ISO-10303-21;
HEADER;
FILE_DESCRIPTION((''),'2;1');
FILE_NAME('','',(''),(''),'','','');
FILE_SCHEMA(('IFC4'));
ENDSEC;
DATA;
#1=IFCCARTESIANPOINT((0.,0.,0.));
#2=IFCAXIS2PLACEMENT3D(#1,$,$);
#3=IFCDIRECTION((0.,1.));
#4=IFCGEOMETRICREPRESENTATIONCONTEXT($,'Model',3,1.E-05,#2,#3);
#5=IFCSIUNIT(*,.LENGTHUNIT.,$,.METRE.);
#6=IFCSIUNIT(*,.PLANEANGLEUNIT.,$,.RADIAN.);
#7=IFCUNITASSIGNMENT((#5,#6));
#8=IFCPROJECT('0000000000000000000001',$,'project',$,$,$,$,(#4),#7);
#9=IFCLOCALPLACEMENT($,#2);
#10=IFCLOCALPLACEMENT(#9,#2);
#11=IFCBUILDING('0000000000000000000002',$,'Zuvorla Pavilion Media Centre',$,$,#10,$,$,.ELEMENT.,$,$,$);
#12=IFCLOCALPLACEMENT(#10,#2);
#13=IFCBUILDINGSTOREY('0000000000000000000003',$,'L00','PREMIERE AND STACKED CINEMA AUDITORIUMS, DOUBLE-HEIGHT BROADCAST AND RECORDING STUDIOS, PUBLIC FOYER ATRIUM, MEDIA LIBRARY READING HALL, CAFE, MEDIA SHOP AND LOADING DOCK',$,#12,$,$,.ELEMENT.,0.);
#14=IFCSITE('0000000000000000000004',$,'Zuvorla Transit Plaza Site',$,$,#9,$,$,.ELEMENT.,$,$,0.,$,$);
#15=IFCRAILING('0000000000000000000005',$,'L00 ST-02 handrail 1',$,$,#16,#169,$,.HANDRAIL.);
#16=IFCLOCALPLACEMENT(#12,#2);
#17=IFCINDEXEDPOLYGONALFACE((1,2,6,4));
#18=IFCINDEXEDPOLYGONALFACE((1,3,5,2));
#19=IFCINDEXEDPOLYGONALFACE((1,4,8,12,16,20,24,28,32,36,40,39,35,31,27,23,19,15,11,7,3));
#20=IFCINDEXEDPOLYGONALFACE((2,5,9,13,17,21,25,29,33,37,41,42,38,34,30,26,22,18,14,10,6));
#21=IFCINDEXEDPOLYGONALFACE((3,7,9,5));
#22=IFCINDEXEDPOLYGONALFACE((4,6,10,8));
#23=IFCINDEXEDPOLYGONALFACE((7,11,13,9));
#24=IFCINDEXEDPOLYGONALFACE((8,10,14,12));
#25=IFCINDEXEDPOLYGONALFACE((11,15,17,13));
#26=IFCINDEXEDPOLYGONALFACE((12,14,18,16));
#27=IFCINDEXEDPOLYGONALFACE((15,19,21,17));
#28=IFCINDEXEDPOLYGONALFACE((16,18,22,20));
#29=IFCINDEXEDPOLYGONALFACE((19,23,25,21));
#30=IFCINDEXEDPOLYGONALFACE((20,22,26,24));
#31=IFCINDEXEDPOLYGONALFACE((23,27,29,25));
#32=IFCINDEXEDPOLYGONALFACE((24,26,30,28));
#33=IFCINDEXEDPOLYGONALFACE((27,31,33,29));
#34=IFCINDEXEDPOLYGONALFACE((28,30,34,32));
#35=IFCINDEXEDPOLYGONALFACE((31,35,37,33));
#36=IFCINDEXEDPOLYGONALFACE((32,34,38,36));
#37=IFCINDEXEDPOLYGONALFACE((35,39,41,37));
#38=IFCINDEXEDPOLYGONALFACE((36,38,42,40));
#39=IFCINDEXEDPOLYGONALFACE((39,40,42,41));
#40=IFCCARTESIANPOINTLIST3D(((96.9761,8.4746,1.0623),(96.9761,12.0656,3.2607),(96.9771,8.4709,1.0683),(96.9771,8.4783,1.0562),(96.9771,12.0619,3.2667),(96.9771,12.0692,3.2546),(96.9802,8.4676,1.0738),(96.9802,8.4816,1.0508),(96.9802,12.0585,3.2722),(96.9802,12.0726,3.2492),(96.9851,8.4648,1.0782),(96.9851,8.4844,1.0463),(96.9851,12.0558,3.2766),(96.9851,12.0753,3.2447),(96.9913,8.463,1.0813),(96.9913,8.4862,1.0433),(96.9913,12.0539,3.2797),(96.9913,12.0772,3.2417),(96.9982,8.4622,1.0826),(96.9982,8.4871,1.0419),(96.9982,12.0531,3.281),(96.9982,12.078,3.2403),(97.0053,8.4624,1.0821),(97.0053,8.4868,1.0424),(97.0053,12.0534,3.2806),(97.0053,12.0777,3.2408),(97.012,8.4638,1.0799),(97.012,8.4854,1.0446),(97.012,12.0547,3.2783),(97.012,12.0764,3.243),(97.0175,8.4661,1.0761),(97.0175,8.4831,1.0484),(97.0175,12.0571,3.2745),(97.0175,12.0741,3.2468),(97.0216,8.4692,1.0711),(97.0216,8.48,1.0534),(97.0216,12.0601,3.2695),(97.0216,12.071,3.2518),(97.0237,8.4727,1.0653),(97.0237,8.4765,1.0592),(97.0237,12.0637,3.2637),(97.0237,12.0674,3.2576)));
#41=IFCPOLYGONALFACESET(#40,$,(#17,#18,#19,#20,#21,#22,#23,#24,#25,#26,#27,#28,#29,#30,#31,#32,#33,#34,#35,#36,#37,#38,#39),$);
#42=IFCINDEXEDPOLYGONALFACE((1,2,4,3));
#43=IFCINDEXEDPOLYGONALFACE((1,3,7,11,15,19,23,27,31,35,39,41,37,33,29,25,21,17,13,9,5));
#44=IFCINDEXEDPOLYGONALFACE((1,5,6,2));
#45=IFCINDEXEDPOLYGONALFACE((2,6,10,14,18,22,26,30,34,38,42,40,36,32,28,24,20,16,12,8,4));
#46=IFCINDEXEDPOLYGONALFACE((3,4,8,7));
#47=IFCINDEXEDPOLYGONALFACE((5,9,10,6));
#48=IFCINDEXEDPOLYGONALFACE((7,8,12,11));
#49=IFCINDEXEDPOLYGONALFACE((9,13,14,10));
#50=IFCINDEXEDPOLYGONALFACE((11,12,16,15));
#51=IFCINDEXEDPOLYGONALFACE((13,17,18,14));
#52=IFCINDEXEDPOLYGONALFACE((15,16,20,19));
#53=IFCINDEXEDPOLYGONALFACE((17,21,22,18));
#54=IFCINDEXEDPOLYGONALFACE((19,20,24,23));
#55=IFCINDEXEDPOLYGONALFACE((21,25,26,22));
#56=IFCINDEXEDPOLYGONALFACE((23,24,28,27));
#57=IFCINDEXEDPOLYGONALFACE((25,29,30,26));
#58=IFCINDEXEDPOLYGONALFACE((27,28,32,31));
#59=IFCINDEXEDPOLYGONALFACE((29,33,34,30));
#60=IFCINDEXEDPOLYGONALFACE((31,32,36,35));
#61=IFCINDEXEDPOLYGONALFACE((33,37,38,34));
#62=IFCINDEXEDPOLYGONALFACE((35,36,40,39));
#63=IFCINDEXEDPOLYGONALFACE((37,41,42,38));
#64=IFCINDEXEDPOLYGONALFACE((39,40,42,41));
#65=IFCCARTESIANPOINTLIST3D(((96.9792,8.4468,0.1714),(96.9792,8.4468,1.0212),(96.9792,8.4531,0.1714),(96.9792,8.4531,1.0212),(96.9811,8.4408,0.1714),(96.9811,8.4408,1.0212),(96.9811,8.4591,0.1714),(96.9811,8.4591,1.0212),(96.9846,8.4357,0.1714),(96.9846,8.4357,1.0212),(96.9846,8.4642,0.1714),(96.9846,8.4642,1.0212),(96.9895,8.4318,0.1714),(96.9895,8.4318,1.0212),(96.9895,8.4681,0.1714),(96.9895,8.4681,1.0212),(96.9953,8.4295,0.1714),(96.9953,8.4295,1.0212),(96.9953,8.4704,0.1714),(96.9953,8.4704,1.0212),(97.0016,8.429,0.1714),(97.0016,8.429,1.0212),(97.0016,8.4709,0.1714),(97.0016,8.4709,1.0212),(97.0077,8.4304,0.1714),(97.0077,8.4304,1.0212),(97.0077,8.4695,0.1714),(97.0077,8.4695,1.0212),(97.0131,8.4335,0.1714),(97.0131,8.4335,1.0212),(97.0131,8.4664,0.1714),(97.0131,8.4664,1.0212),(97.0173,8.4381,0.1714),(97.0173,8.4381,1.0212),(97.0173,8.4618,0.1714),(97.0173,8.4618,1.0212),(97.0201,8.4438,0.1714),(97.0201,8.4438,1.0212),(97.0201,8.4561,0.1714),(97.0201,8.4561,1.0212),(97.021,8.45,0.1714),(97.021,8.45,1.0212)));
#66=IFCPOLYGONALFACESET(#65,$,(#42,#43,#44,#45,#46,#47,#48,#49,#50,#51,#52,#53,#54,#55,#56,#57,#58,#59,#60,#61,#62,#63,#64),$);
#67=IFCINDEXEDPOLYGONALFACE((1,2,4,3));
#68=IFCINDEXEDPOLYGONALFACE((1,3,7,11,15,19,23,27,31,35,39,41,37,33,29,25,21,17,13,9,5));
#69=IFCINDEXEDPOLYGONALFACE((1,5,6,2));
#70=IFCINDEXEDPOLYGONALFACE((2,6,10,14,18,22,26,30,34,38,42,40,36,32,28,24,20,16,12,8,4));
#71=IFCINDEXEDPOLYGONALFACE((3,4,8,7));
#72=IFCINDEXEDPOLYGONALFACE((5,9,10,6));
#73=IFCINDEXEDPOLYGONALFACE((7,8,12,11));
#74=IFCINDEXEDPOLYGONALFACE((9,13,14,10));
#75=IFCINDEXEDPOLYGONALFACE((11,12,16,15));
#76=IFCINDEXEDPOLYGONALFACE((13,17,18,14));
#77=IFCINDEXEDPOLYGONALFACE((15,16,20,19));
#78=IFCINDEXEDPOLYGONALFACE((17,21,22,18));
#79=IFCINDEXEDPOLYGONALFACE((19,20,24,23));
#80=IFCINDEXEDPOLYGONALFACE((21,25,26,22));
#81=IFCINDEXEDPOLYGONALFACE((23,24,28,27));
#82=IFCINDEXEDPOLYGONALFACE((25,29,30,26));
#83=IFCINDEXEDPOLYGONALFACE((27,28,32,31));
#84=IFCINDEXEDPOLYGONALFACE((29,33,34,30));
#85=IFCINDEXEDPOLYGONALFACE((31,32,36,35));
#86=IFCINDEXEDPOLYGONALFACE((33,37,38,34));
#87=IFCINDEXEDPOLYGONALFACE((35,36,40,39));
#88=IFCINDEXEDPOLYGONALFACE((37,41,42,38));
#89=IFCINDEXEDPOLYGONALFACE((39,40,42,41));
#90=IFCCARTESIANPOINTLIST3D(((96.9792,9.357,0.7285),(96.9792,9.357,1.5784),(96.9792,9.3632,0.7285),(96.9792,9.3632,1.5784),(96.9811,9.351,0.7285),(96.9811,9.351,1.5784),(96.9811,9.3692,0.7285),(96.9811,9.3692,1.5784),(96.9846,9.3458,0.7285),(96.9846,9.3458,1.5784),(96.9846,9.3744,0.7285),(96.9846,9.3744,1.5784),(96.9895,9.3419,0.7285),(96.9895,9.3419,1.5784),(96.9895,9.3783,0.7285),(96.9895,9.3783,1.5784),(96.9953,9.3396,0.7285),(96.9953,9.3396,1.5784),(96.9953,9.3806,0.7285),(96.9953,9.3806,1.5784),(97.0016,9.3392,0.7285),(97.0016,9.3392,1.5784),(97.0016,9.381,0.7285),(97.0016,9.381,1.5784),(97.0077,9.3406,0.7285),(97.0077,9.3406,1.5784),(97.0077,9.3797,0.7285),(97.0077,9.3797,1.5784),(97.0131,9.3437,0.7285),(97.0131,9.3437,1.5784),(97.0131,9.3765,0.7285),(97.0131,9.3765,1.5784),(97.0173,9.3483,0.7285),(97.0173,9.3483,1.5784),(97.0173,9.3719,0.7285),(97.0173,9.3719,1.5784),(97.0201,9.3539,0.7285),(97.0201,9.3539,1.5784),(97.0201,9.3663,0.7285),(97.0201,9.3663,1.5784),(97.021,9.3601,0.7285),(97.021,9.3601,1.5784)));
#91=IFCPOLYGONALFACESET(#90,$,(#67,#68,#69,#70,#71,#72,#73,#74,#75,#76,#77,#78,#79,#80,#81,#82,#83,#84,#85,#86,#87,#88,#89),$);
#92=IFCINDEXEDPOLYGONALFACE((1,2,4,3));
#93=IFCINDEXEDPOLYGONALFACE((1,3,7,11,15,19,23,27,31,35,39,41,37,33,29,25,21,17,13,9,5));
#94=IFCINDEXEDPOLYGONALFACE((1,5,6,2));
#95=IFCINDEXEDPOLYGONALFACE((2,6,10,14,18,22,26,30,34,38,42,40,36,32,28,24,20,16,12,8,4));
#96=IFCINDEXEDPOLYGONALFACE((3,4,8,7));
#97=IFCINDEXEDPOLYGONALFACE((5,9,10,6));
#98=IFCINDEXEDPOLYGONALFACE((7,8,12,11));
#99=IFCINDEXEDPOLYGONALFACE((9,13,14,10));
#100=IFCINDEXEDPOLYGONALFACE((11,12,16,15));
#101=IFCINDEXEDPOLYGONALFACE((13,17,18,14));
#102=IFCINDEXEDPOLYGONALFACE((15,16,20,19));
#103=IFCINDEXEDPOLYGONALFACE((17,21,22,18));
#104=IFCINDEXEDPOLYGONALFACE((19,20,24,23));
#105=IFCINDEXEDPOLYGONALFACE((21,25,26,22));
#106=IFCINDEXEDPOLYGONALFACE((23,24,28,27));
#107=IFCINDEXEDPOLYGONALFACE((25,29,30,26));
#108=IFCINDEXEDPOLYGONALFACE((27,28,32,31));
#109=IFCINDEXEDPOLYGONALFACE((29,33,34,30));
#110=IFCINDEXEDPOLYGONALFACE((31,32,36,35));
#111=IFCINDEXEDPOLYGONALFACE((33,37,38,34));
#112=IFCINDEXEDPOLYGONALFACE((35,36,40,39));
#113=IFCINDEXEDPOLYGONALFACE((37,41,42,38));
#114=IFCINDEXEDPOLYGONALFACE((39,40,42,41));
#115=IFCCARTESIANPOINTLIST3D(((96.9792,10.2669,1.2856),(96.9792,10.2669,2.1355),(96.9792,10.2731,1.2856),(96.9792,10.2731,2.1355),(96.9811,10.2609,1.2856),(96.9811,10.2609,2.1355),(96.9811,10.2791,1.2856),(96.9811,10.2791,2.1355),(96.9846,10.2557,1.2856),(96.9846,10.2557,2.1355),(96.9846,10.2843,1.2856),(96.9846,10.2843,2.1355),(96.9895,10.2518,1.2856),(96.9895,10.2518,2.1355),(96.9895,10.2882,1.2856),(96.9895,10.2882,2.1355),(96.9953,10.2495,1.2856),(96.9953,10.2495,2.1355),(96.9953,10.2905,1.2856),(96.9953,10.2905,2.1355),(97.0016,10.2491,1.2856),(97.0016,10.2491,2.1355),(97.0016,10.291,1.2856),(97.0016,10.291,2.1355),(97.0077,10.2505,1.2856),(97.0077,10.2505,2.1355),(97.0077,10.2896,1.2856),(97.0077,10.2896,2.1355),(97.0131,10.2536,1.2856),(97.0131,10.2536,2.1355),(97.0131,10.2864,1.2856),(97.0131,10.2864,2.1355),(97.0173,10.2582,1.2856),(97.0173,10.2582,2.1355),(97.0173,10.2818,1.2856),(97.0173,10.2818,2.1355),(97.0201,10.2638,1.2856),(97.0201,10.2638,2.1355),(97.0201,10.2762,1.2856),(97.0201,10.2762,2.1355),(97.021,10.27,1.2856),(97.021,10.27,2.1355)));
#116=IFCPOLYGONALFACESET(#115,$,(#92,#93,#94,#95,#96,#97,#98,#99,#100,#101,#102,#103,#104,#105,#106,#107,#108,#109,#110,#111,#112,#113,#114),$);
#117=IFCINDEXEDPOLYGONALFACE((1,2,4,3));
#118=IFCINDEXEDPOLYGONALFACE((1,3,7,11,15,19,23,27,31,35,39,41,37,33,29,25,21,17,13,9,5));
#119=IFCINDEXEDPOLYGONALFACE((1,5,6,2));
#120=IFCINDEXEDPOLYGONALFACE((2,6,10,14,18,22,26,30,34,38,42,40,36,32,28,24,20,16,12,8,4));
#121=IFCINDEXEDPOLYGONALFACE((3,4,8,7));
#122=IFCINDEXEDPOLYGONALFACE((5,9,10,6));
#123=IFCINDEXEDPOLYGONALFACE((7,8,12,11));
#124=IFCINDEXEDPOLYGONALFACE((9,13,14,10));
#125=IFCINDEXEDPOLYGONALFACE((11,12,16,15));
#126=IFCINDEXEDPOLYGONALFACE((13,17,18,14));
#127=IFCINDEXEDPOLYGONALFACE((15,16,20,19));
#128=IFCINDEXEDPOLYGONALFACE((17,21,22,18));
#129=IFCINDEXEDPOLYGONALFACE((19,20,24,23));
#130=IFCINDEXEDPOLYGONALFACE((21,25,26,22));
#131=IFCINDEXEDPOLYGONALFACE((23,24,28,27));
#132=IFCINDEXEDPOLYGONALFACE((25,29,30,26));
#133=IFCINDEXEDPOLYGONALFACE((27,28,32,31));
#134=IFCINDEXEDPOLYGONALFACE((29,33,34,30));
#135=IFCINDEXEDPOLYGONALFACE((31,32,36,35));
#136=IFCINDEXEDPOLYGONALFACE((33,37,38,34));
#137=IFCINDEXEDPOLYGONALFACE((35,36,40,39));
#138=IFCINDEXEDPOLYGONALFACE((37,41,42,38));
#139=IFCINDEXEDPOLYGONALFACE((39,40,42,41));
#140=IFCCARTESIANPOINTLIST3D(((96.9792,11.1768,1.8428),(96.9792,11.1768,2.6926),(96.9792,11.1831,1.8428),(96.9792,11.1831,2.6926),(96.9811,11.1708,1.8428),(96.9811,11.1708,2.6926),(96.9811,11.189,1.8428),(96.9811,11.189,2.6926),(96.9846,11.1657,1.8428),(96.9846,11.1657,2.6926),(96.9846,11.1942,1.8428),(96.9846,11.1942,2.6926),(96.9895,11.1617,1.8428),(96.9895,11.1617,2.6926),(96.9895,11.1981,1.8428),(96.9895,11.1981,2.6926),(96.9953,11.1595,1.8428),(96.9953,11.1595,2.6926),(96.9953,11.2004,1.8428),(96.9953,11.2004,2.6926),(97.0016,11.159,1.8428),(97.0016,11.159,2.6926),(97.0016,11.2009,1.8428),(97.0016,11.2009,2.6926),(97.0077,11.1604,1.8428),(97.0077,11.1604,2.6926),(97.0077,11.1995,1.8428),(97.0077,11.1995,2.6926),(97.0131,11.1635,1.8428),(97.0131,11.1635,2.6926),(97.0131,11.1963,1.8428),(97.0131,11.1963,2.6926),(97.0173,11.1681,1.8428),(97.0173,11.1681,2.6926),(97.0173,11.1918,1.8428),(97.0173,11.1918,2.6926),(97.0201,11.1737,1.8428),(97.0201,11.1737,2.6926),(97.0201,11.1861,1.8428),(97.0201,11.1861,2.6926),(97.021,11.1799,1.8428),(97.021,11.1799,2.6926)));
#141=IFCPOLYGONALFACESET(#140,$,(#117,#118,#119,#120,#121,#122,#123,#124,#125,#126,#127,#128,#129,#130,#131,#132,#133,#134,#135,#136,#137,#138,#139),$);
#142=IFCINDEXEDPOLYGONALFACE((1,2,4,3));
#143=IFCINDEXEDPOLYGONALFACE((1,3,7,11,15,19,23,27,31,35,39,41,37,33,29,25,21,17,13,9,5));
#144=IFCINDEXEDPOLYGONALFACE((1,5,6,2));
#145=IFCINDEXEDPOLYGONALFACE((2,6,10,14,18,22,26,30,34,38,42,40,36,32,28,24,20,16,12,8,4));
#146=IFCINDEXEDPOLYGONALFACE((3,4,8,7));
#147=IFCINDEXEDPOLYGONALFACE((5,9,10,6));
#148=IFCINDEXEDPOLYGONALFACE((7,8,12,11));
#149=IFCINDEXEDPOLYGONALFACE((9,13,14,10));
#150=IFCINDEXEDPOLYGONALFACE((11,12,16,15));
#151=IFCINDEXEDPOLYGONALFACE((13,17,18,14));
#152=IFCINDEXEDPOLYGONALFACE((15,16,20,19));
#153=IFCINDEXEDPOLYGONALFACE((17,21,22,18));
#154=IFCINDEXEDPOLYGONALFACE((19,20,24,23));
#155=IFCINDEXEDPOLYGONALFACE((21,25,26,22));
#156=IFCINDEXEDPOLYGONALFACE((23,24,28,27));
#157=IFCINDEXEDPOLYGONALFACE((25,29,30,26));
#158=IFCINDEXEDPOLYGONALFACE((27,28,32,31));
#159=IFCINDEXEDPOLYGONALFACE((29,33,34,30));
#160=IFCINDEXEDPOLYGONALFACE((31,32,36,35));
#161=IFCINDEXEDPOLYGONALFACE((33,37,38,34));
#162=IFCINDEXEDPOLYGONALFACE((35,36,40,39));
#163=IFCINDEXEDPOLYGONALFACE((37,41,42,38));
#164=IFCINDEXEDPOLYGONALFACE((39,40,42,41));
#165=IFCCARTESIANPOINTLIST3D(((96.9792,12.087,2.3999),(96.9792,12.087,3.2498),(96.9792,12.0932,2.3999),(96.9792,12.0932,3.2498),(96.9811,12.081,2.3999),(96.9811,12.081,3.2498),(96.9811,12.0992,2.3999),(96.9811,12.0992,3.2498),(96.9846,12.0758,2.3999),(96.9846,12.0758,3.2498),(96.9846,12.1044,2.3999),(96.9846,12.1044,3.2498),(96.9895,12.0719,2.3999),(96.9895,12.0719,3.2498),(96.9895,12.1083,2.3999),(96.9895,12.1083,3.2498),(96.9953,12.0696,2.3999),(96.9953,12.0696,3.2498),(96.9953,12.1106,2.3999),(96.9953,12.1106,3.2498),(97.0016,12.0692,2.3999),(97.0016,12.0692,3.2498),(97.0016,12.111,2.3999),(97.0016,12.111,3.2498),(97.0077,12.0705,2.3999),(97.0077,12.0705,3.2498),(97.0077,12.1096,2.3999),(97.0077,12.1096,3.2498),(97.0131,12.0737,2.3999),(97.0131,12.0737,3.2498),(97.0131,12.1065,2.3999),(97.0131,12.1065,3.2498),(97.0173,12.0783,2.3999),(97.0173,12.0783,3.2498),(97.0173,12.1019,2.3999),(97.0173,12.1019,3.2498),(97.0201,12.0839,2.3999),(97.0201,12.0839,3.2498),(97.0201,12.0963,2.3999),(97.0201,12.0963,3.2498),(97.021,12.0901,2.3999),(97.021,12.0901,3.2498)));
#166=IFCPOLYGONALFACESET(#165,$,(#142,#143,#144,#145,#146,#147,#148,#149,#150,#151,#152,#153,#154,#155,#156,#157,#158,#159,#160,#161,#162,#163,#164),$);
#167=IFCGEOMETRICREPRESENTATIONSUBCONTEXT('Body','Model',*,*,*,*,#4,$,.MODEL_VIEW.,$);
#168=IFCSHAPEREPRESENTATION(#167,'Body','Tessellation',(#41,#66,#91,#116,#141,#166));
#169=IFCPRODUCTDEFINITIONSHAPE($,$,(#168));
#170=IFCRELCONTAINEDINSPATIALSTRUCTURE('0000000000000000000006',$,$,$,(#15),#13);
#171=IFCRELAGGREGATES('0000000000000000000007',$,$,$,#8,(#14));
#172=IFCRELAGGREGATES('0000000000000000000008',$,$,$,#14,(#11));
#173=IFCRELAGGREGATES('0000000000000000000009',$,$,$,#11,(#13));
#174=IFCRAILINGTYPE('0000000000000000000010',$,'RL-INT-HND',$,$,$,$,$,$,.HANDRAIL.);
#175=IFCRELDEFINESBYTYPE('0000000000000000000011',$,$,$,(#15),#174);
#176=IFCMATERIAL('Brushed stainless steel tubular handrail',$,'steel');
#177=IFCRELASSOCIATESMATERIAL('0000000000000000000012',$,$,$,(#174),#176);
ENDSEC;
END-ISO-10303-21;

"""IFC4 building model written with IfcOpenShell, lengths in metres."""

from ifc_helpers import new_model, si_unit, direction, frame, origin, origin_2d, place, context, subcontext, project, spatial, circle, extrude, material, type_object, element, save


model = new_model("IFC4")

# Units and contexts
model_context = context("Model", 3, precision=1e-05, world=origin(), true_north=direction((0.0, 1.0)))
body_context = subcontext(model_context, "Body", "Model", "MODEL_VIEW")
ifc_project = project(units=[si_unit("LENGTHUNIT", "METRE"), si_unit("PLANEANGLEUNIT", "RADIAN")], contexts=[model_context])

# Site, building, storey
site_placement = place(None, origin())
site = spatial("IfcSite", under=ifc_project, at=site_placement, Name="Zuvorla Transit Plaza Site", CompositionType="ELEMENT", RefElevation=0.0)
building_placement = place(site_placement, origin())
building = spatial("IfcBuilding", under=site, at=building_placement, Name="Zuvorla Pavilion Media Centre", CompositionType="ELEMENT")
storey_placement = place(building_placement, origin())
storey = spatial("IfcBuildingStorey", under=building, at=storey_placement, Name="L00", Description="PREMIERE AND STACKED CINEMA AUDITORIUMS, DOUBLE-HEIGHT BROADCAST AND RECORDING STUDIOS, PUBLIC FOYER ATRIUM, MEDIA LIBRARY READING HALL, CAFE, MEDIA SHOP AND LOADING DOCK", CompositionType="ELEMENT", Elevation=0.0)

# Railing
ifc_material_1 = material(Name="Brushed stainless steel tubular handrail", Category="steel")
railing_type_1 = type_object("IfcRailingType", Name="RL-INT-HND", PredefinedType="HANDRAIL", material=ifc_material_1)
railing_1_placement = place(storey_placement, frame((97.0, 8.45, 0.1714)))
element("IfcRailing", 1, at=railing_1_placement, inside=storey, type_object=railing_type_1, Name="L00 ST-02 handrail 1", PredefinedType="HANDRAIL", context=body_context, shape_type="SweptSolid", body=[
    extrude(circle(Radius=0.0239, at=origin_2d()), frame((0.0, 0.0247, 0.8909), z_axis=(0.0, 0.852866, 0.52213), x_axis=(-1.0, 0.0, 0.0)), (0.0, 0.0, 1.0), 4.2104),
    extrude(circle(Radius=0.021, at=origin_2d()), origin(), (0.0, 0.0, 1.0), 0.8499),
    extrude(circle(Radius=0.021, at=origin_2d()), frame((0.0, 0.9102, 0.5571)), (0.0, 0.0, 1.0), 0.8499),
    extrude(circle(Radius=0.021, at=origin_2d()), frame((0.0, 1.8201, 1.1143)), (0.0, 0.0, 1.0), 0.8499),
    extrude(circle(Radius=0.021, at=origin_2d()), frame((0.0, 2.73, 1.6714)), (0.0, 0.0, 1.0), 0.8499),
    extrude(circle(Radius=0.021, at=origin_2d()), frame((0.0, 3.6401, 2.2285)), (0.0, 0.0, 1.0), 0.8499),
])

save(model, "model.ifc")
